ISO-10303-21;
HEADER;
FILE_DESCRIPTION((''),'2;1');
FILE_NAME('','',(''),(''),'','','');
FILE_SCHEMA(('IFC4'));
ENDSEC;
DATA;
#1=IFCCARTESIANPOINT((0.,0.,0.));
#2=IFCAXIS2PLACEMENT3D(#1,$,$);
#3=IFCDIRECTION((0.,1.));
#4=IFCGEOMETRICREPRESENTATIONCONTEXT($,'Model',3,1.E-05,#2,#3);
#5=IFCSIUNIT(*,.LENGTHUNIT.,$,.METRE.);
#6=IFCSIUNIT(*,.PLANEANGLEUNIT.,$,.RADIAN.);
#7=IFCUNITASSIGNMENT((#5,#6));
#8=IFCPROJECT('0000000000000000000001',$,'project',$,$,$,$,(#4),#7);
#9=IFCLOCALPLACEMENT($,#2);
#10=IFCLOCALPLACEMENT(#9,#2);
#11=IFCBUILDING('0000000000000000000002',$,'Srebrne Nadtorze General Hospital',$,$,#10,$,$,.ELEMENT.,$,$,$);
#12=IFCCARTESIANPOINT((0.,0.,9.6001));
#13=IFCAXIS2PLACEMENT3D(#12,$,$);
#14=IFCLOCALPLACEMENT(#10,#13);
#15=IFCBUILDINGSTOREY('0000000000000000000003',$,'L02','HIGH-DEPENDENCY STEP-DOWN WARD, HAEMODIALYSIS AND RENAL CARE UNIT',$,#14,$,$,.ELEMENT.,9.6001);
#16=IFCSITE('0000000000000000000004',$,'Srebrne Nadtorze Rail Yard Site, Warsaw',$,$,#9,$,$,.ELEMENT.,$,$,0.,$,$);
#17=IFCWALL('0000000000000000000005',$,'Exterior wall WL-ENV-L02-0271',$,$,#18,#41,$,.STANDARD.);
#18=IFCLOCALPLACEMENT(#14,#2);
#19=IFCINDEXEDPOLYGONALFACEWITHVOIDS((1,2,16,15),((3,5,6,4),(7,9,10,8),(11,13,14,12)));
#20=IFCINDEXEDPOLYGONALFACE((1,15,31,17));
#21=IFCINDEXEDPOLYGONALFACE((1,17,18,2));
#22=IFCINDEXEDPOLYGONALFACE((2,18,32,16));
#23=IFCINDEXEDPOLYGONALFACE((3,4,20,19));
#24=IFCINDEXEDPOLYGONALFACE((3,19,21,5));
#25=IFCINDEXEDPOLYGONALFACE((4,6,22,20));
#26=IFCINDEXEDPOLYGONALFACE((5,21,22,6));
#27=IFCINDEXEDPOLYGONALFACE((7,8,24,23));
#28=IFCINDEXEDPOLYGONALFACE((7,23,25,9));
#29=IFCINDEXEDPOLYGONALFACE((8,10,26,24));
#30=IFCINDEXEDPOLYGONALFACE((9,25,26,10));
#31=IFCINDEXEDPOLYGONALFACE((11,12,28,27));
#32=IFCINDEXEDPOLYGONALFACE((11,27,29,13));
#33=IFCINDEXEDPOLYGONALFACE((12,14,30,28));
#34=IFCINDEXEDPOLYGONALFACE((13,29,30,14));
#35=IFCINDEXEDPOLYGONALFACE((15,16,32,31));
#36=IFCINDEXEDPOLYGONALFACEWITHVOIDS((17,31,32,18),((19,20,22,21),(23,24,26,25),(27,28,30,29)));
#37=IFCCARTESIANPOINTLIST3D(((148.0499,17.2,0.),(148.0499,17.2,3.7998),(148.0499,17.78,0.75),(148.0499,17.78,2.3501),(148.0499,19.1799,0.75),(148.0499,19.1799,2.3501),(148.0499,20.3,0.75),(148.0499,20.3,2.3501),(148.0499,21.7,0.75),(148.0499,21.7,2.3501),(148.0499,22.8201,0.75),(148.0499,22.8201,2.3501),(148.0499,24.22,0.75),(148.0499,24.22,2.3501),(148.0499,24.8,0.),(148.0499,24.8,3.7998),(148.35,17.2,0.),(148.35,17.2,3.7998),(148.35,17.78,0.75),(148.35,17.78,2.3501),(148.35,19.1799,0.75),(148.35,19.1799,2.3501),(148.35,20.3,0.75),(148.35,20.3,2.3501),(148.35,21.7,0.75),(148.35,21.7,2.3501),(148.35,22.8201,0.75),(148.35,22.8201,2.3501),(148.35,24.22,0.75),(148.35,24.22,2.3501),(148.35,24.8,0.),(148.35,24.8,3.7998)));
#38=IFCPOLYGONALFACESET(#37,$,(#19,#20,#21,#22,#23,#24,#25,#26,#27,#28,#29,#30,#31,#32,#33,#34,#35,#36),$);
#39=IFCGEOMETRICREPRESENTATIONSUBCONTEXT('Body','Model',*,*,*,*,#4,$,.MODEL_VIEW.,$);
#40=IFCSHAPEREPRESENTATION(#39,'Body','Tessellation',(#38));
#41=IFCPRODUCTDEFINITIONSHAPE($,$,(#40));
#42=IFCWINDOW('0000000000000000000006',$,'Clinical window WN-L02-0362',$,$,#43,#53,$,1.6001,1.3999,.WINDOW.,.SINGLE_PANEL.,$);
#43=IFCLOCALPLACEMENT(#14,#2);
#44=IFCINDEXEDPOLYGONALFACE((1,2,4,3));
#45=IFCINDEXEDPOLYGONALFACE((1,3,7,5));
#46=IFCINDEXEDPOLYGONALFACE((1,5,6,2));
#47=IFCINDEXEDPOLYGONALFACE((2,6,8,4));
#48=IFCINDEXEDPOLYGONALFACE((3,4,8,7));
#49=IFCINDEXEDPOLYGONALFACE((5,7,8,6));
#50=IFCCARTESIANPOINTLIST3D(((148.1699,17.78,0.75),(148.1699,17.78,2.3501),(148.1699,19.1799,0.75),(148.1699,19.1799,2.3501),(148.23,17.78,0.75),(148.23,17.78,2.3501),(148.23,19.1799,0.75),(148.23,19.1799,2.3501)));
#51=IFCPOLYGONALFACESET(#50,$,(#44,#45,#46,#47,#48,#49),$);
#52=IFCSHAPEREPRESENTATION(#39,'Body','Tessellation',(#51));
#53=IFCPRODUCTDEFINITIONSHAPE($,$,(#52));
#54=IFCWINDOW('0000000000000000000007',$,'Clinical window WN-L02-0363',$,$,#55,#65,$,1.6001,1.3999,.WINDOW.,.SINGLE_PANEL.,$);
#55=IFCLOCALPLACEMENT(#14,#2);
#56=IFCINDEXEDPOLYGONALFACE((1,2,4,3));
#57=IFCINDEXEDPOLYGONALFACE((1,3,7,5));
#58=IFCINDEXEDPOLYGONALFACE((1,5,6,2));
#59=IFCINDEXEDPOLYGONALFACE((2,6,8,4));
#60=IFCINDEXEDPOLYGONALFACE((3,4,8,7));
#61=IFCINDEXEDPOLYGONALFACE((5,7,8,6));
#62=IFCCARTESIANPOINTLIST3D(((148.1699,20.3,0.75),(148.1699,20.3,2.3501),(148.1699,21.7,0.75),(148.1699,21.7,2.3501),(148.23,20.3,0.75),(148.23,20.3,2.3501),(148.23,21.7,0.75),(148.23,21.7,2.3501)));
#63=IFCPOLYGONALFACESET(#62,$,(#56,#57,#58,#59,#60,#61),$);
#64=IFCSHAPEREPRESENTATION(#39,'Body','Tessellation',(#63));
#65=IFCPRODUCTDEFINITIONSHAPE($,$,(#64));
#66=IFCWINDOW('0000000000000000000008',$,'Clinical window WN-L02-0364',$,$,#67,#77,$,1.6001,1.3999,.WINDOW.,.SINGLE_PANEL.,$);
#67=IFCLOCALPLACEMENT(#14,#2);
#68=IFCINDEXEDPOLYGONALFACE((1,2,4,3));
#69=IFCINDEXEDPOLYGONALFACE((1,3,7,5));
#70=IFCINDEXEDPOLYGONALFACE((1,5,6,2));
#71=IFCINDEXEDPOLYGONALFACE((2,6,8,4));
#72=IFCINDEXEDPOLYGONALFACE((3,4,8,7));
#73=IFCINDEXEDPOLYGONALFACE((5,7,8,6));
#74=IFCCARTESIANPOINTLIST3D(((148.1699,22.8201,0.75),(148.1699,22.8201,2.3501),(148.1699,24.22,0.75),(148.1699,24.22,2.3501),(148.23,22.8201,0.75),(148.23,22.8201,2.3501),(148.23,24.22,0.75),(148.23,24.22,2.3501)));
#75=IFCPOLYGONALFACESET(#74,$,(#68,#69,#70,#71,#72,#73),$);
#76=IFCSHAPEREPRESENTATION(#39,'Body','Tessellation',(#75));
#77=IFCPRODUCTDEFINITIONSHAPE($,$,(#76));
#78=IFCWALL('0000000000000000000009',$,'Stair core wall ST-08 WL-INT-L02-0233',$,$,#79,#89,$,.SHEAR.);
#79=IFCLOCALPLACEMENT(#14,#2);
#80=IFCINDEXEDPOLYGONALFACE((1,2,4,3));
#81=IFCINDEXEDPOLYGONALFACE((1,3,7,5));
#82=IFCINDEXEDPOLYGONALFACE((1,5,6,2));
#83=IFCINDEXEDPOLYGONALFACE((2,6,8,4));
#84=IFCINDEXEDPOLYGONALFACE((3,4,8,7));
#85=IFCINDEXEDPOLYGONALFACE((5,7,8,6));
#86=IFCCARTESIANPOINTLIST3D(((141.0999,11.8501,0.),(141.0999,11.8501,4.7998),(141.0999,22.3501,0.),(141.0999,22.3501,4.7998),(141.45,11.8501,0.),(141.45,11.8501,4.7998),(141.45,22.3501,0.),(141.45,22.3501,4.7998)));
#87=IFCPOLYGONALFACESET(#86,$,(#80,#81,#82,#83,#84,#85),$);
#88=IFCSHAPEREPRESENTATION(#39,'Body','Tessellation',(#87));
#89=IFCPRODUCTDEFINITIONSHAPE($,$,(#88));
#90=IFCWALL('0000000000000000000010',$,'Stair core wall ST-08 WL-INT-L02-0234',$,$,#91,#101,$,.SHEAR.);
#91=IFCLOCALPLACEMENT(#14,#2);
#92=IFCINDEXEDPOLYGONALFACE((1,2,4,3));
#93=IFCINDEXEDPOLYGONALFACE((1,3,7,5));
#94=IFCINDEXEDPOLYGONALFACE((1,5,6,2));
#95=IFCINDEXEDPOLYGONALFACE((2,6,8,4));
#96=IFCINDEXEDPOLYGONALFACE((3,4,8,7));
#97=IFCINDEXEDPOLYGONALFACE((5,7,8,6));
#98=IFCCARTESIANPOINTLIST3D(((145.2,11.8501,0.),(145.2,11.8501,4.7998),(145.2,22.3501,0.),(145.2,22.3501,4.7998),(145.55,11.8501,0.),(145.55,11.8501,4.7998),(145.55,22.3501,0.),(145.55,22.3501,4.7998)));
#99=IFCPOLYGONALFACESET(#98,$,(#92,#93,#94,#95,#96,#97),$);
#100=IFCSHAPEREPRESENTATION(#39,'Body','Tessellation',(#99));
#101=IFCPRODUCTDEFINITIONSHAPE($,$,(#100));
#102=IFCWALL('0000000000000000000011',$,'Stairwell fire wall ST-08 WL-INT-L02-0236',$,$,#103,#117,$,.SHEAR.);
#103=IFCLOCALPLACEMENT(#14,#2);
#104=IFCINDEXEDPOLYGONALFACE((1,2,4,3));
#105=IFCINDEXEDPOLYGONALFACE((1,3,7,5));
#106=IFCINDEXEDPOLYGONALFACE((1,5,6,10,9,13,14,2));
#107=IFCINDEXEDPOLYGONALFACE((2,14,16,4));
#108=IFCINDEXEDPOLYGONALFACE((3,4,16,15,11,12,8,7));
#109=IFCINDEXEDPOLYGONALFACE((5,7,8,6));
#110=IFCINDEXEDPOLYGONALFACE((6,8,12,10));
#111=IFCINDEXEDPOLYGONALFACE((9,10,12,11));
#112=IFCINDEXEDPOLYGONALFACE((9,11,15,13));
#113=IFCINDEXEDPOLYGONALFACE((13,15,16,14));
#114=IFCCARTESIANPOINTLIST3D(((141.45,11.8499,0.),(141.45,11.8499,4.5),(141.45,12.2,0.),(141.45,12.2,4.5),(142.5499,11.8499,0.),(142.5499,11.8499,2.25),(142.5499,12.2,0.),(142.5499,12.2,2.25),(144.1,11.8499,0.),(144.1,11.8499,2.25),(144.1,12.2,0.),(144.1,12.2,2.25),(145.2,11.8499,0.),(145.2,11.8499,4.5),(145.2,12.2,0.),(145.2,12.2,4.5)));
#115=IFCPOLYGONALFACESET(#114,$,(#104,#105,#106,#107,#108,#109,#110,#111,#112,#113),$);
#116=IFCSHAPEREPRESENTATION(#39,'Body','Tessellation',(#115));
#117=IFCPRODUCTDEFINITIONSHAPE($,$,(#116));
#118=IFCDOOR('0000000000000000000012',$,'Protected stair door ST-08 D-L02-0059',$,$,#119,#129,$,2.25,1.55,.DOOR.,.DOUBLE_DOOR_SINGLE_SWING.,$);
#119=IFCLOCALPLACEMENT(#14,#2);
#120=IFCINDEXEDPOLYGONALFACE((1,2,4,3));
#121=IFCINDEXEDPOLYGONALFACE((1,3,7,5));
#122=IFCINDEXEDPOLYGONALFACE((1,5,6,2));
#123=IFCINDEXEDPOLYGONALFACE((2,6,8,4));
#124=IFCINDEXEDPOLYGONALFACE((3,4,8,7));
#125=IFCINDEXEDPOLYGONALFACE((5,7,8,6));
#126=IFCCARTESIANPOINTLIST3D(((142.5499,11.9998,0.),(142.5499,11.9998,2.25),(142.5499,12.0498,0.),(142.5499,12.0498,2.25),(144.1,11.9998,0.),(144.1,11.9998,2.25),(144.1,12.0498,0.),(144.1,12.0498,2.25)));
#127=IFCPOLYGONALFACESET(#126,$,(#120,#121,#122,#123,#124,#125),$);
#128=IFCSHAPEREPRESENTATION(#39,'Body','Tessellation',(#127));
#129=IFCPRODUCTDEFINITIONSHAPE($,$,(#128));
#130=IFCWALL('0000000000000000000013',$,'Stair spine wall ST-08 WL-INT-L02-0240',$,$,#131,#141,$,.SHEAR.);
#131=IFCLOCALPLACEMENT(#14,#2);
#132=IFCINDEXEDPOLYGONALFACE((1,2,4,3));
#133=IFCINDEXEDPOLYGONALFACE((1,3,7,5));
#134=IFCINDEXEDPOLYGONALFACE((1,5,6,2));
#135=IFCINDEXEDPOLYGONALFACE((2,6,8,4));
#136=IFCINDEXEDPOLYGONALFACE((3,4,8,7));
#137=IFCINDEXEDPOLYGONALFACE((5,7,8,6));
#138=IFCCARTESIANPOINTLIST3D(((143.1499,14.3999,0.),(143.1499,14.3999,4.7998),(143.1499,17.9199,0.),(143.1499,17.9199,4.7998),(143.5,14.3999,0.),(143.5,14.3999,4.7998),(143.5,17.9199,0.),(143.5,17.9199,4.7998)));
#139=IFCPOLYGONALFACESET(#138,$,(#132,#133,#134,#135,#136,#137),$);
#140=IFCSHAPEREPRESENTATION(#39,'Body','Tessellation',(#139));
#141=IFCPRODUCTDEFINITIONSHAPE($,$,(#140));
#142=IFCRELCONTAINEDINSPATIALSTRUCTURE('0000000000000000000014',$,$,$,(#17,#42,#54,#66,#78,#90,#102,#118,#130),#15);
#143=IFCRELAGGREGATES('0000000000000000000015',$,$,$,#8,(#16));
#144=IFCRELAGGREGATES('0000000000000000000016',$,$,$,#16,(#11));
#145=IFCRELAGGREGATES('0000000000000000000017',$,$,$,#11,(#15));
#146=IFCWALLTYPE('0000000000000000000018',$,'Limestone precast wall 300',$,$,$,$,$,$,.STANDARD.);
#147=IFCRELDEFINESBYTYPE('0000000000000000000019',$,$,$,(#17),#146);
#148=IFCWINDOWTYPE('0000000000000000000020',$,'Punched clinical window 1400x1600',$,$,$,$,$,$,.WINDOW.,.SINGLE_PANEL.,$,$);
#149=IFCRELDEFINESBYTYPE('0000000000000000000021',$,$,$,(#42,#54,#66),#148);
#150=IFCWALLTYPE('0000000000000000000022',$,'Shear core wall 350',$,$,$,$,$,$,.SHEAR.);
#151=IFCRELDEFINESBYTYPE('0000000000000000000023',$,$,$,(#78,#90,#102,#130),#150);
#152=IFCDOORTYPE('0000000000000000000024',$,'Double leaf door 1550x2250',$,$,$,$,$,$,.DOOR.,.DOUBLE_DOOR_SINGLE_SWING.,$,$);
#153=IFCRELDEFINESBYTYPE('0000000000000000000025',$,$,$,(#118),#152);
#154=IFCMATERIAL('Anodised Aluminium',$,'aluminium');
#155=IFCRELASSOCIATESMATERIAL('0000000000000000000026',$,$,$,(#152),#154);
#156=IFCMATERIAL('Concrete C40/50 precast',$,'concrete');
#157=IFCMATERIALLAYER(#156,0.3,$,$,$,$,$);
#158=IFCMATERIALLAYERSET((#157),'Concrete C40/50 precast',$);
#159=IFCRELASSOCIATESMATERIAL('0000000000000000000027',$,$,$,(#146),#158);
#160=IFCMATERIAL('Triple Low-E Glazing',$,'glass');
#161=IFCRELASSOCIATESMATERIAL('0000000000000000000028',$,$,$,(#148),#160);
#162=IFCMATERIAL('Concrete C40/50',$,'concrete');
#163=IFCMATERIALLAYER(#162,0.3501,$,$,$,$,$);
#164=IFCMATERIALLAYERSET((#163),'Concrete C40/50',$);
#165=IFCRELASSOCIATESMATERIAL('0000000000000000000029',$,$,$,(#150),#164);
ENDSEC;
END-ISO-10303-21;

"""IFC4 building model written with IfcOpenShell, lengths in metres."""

from ifc_helpers import new_model, si_unit, direction, frame, frame_2d, origin, place, context, subcontext, project, spatial, rectangle, extrude, material, layer, layer_set, type_object, element, fill, save


model = new_model("IFC4")

# Units and contexts
model_context = context("Model", 3, precision=1e-05, world=origin(), true_north=direction((0.0, 1.0)))
body_context = subcontext(model_context, "Body", "Model", "MODEL_VIEW")
ifc_project = project(units=[si_unit("LENGTHUNIT", "METRE"), si_unit("PLANEANGLEUNIT", "RADIAN")], contexts=[model_context])

# Site, building, storey
site_placement = place(None, origin())
site = spatial("IfcSite", under=ifc_project, at=site_placement, Name="Srebrne Nadtorze Rail Yard Site, Warsaw", CompositionType="ELEMENT", RefElevation=0.0)
building_placement = place(site_placement, origin())
building = spatial("IfcBuilding", under=site, at=building_placement, Name="Srebrne Nadtorze General Hospital", CompositionType="ELEMENT")
storey_placement = place(building_placement, frame((0.0, 0.0, 9.6001)))
storey = spatial("IfcBuildingStorey", under=building, at=storey_placement, Name="L02", Description="HIGH-DEPENDENCY STEP-DOWN WARD, HAEMODIALYSIS AND RENAL CARE UNIT", CompositionType="ELEMENT", Elevation=9.6001)

# Shared definitions
ifc_material_1 = material(Name="Anodised Aluminium", Category="aluminium")
door_type = type_object("IfcDoorType", Name="Double leaf door 1550x2250", OperationType="DOUBLE_DOOR_SINGLE_SWING", PredefinedType="DOOR", material=ifc_material_1)

# Wall, openings, windows
ifc_material_2 = material(Name="Concrete C40/50 precast", Category="concrete")
ifc_layer_1 = layer(ifc_material_2, 0.3)
ifc_layer_set_1 = layer_set([ifc_layer_1], Name="Concrete C40/50 precast")
wall_type_1 = type_object("IfcWallType", Name="Limestone precast wall 300", PredefinedType="STANDARD", material=ifc_layer_set_1)
wall_1_placement = place(storey_placement, frame((148.2, 17.2, 0.0), z_axis=(0.0, 0.0, 1.0), x_axis=(0.0, 1.0, 0.0)))
wall_1 = element("IfcWall", 1, at=wall_1_placement, inside=storey, type_object=wall_type_1, Name="Exterior wall WL-ENV-L02-0271", PredefinedType="STANDARD", context=body_context, shape_type="SweptSolid", body=[
    extrude(rectangle(XDim=7.6001, YDim=0.3, at=frame_2d((3.8, 0.0))), origin(), (0.0, 0.0, 1.0), 3.7998),
])
opening_1_placement = place(wall_1_placement, frame((0.5801, 0.0, 0.75)))
opening_1 = element("IfcOpeningElement", 2, at=opening_1_placement, cuts=wall_1, PredefinedType="OPENING", context=body_context, shape_type="SweptSolid", body=[
    extrude(rectangle(XDim=1.3999, YDim=1.6001, at=frame_2d((0.7, 0.8))), frame((0.0, 0.1621, 0.0), z_axis=(0.0, -1.0, 0.0), x_axis=(1.0, 0.0, 0.0)), (0.0, 0.0, 1.0), 0.324),
])
opening_2_placement = place(wall_1_placement, frame((3.1001, 0.0, 0.75)))
opening_2 = element("IfcOpeningElement", 3, at=opening_2_placement, cuts=wall_1, PredefinedType="OPENING", context=body_context, shape_type="SweptSolid", body=[
    extrude(rectangle(XDim=1.3999, YDim=1.6001, at=frame_2d((0.7, 0.8))), frame((0.0, 0.1621, 0.0), z_axis=(0.0, -1.0, 0.0), x_axis=(1.0, 0.0, 0.0)), (0.0, 0.0, 1.0), 0.324),
])
opening_3_placement = place(wall_1_placement, frame((5.6201, 0.0, 0.75)))
opening_3 = element("IfcOpeningElement", 4, at=opening_3_placement, cuts=wall_1, PredefinedType="OPENING", context=body_context, shape_type="SweptSolid", body=[
    extrude(rectangle(XDim=1.3999, YDim=1.6001, at=frame_2d((0.7, 0.8))), frame((0.0, 0.1621, 0.0), z_axis=(0.0, -1.0, 0.0), x_axis=(1.0, 0.0, 0.0)), (0.0, 0.0, 1.0), 0.324),
])
ifc_material_3 = material(Name="Triple Low-E Glazing", Category="glass")
window_type = type_object("IfcWindowType", Name="Punched clinical window 1400x1600", PartitioningType="SINGLE_PANEL", PredefinedType="WINDOW", material=ifc_material_3)
window_1_placement = place(opening_1_placement, origin())
window_1 = element("IfcWindow", 5, at=window_1_placement, inside=storey, type_object=window_type, Name="Clinical window WN-L02-0362", OverallHeight=1.6001, OverallWidth=1.3999, PartitioningType="SINGLE_PANEL", PredefinedType="WINDOW", context=body_context, shape_type="SweptSolid", body=[
    extrude(rectangle(XDim=1.3999, YDim=1.6001, at=frame_2d((0.7, 0.8))), frame((0.0, 0.03, 0.0), z_axis=(0.0, -1.0, 0.0), x_axis=(1.0, 0.0, 0.0)), (0.0, 0.0, 1.0), 0.0601),
])
fill(opening_1, window_1)
window_2_placement = place(opening_2_placement, origin())
window_2 = element("IfcWindow", 6, at=window_2_placement, inside=storey, type_object=window_type, Name="Clinical window WN-L02-0363", OverallHeight=1.6001, OverallWidth=1.3999, PartitioningType="SINGLE_PANEL", PredefinedType="WINDOW", context=body_context, shape_type="SweptSolid", body=[
    extrude(rectangle(XDim=1.3999, YDim=1.6001, at=frame_2d((0.7, 0.8))), frame((0.0, 0.03, 0.0), z_axis=(0.0, -1.0, 0.0), x_axis=(1.0, 0.0, 0.0)), (0.0, 0.0, 1.0), 0.0601),
])
fill(opening_2, window_2)
window_3_placement = place(opening_3_placement, origin())
window_3 = element("IfcWindow", 7, at=window_3_placement, inside=storey, type_object=window_type, Name="Clinical window WN-L02-0364", OverallHeight=1.6001, OverallWidth=1.3999, PartitioningType="SINGLE_PANEL", PredefinedType="WINDOW", context=body_context, shape_type="SweptSolid", body=[
    extrude(rectangle(XDim=1.3999, YDim=1.6001, at=frame_2d((0.7, 0.8))), frame((0.0, 0.03, 0.0), z_axis=(0.0, -1.0, 0.0), x_axis=(1.0, 0.0, 0.0)), (0.0, 0.0, 1.0), 0.0601),
])
fill(opening_3, window_3)

# Walls
ifc_material_4 = material(Name="Concrete C40/50", Category="concrete")
ifc_layer_2 = layer(ifc_material_4, 0.3501)
ifc_layer_set_2 = layer_set([ifc_layer_2], Name="Concrete C40/50")
wall_type_2 = type_object("IfcWallType", Name="Shear core wall 350", PredefinedType="SHEAR", material=ifc_layer_set_2)
for number, where, z_axis, x_axis, name in (
    (8, (141.2749, 11.8501, 0.0), (0.0, 0.0, 1.0), (0.0, 1.0, 0.0), "Stair core wall ST-08 WL-INT-L02-0233"),
    (9, (145.375, 11.8501, 0.0), (0.0, 0.0, 1.0), (0.0, 1.0, 0.0), "Stair core wall ST-08 WL-INT-L02-0234"),
):
    element("IfcWall", number, at=place(storey_placement, frame(where, z_axis=z_axis, x_axis=x_axis)), inside=storey, type_object=wall_type_2, Name=name, PredefinedType="SHEAR", context=body_context, shape_type="SweptSolid", body=[
        extrude(rectangle(XDim=10.5, YDim=0.3501, at=frame_2d((5.25, 0.0))), origin(), (0.0, 0.0, 1.0), 4.7998),
    ])

# Wall, opening, door
wall_2_placement = place(storey_placement, frame((141.45, 12.0249, 0.0), z_axis=(0.0, 0.0, 1.0), x_axis=(1.0, 0.0, 0.0)))
wall_2 = element("IfcWall", 10, at=wall_2_placement, inside=storey, type_object=wall_type_2, Name="Stairwell fire wall ST-08 WL-INT-L02-0236", PredefinedType="SHEAR", context=body_context, shape_type="SweptSolid", body=[
    extrude(rectangle(XDim=3.75, YDim=0.3501, at=frame_2d((1.875, 0.0))), origin(), (0.0, 0.0, 1.0), 4.5),
])
opening_4_placement = place(wall_2_placement, frame((1.1001, 0.0, 0.0)))
opening_4 = element("IfcOpeningElement", 11, at=opening_4_placement, cuts=wall_2, PredefinedType="OPENING", context=body_context, shape_type="SweptSolid", body=[
    extrude(rectangle(XDim=1.55, YDim=2.25, at=frame_2d((0.7749, 1.125))), frame((0.0, 0.187, 0.0), z_axis=(0.0, -1.0, 0.0), x_axis=(1.0, 0.0, 0.0)), (0.0, 0.0, 1.0), 0.374),
])
door_1_placement = place(opening_4_placement, origin())
door_1 = element("IfcDoor", 12, at=door_1_placement, inside=storey, type_object=door_type, Name="Protected stair door ST-08 D-L02-0059", OperationType="DOUBLE_DOOR_SINGLE_SWING", OverallHeight=2.25, OverallWidth=1.55, PredefinedType="DOOR", context=body_context, shape_type="SweptSolid", body=[
    extrude(rectangle(XDim=1.55, YDim=2.25, at=frame_2d((0.7749, 1.125))), frame((0.0, 0.0249, 0.0), z_axis=(0.0, -1.0, 0.0), x_axis=(1.0, 0.0, 0.0)), (0.0, 0.0, 1.0), 0.05),
])
fill(opening_4, door_1)

# Wall
wall_3_placement = place(storey_placement, frame((143.325, 14.3999, 0.0), z_axis=(0.0, 0.0, 1.0), x_axis=(0.0, 1.0, 0.0)))
element("IfcWall", 13, at=wall_3_placement, inside=storey, type_object=wall_type_2, Name="Stair spine wall ST-08 WL-INT-L02-0240", PredefinedType="SHEAR", context=body_context, shape_type="SweptSolid", body=[
    extrude(rectangle(XDim=3.52, YDim=0.3501, at=frame_2d((1.76, 0.0))), origin(), (0.0, 0.0, 1.0), 4.7998),
])

save(model, "model.ifc")
